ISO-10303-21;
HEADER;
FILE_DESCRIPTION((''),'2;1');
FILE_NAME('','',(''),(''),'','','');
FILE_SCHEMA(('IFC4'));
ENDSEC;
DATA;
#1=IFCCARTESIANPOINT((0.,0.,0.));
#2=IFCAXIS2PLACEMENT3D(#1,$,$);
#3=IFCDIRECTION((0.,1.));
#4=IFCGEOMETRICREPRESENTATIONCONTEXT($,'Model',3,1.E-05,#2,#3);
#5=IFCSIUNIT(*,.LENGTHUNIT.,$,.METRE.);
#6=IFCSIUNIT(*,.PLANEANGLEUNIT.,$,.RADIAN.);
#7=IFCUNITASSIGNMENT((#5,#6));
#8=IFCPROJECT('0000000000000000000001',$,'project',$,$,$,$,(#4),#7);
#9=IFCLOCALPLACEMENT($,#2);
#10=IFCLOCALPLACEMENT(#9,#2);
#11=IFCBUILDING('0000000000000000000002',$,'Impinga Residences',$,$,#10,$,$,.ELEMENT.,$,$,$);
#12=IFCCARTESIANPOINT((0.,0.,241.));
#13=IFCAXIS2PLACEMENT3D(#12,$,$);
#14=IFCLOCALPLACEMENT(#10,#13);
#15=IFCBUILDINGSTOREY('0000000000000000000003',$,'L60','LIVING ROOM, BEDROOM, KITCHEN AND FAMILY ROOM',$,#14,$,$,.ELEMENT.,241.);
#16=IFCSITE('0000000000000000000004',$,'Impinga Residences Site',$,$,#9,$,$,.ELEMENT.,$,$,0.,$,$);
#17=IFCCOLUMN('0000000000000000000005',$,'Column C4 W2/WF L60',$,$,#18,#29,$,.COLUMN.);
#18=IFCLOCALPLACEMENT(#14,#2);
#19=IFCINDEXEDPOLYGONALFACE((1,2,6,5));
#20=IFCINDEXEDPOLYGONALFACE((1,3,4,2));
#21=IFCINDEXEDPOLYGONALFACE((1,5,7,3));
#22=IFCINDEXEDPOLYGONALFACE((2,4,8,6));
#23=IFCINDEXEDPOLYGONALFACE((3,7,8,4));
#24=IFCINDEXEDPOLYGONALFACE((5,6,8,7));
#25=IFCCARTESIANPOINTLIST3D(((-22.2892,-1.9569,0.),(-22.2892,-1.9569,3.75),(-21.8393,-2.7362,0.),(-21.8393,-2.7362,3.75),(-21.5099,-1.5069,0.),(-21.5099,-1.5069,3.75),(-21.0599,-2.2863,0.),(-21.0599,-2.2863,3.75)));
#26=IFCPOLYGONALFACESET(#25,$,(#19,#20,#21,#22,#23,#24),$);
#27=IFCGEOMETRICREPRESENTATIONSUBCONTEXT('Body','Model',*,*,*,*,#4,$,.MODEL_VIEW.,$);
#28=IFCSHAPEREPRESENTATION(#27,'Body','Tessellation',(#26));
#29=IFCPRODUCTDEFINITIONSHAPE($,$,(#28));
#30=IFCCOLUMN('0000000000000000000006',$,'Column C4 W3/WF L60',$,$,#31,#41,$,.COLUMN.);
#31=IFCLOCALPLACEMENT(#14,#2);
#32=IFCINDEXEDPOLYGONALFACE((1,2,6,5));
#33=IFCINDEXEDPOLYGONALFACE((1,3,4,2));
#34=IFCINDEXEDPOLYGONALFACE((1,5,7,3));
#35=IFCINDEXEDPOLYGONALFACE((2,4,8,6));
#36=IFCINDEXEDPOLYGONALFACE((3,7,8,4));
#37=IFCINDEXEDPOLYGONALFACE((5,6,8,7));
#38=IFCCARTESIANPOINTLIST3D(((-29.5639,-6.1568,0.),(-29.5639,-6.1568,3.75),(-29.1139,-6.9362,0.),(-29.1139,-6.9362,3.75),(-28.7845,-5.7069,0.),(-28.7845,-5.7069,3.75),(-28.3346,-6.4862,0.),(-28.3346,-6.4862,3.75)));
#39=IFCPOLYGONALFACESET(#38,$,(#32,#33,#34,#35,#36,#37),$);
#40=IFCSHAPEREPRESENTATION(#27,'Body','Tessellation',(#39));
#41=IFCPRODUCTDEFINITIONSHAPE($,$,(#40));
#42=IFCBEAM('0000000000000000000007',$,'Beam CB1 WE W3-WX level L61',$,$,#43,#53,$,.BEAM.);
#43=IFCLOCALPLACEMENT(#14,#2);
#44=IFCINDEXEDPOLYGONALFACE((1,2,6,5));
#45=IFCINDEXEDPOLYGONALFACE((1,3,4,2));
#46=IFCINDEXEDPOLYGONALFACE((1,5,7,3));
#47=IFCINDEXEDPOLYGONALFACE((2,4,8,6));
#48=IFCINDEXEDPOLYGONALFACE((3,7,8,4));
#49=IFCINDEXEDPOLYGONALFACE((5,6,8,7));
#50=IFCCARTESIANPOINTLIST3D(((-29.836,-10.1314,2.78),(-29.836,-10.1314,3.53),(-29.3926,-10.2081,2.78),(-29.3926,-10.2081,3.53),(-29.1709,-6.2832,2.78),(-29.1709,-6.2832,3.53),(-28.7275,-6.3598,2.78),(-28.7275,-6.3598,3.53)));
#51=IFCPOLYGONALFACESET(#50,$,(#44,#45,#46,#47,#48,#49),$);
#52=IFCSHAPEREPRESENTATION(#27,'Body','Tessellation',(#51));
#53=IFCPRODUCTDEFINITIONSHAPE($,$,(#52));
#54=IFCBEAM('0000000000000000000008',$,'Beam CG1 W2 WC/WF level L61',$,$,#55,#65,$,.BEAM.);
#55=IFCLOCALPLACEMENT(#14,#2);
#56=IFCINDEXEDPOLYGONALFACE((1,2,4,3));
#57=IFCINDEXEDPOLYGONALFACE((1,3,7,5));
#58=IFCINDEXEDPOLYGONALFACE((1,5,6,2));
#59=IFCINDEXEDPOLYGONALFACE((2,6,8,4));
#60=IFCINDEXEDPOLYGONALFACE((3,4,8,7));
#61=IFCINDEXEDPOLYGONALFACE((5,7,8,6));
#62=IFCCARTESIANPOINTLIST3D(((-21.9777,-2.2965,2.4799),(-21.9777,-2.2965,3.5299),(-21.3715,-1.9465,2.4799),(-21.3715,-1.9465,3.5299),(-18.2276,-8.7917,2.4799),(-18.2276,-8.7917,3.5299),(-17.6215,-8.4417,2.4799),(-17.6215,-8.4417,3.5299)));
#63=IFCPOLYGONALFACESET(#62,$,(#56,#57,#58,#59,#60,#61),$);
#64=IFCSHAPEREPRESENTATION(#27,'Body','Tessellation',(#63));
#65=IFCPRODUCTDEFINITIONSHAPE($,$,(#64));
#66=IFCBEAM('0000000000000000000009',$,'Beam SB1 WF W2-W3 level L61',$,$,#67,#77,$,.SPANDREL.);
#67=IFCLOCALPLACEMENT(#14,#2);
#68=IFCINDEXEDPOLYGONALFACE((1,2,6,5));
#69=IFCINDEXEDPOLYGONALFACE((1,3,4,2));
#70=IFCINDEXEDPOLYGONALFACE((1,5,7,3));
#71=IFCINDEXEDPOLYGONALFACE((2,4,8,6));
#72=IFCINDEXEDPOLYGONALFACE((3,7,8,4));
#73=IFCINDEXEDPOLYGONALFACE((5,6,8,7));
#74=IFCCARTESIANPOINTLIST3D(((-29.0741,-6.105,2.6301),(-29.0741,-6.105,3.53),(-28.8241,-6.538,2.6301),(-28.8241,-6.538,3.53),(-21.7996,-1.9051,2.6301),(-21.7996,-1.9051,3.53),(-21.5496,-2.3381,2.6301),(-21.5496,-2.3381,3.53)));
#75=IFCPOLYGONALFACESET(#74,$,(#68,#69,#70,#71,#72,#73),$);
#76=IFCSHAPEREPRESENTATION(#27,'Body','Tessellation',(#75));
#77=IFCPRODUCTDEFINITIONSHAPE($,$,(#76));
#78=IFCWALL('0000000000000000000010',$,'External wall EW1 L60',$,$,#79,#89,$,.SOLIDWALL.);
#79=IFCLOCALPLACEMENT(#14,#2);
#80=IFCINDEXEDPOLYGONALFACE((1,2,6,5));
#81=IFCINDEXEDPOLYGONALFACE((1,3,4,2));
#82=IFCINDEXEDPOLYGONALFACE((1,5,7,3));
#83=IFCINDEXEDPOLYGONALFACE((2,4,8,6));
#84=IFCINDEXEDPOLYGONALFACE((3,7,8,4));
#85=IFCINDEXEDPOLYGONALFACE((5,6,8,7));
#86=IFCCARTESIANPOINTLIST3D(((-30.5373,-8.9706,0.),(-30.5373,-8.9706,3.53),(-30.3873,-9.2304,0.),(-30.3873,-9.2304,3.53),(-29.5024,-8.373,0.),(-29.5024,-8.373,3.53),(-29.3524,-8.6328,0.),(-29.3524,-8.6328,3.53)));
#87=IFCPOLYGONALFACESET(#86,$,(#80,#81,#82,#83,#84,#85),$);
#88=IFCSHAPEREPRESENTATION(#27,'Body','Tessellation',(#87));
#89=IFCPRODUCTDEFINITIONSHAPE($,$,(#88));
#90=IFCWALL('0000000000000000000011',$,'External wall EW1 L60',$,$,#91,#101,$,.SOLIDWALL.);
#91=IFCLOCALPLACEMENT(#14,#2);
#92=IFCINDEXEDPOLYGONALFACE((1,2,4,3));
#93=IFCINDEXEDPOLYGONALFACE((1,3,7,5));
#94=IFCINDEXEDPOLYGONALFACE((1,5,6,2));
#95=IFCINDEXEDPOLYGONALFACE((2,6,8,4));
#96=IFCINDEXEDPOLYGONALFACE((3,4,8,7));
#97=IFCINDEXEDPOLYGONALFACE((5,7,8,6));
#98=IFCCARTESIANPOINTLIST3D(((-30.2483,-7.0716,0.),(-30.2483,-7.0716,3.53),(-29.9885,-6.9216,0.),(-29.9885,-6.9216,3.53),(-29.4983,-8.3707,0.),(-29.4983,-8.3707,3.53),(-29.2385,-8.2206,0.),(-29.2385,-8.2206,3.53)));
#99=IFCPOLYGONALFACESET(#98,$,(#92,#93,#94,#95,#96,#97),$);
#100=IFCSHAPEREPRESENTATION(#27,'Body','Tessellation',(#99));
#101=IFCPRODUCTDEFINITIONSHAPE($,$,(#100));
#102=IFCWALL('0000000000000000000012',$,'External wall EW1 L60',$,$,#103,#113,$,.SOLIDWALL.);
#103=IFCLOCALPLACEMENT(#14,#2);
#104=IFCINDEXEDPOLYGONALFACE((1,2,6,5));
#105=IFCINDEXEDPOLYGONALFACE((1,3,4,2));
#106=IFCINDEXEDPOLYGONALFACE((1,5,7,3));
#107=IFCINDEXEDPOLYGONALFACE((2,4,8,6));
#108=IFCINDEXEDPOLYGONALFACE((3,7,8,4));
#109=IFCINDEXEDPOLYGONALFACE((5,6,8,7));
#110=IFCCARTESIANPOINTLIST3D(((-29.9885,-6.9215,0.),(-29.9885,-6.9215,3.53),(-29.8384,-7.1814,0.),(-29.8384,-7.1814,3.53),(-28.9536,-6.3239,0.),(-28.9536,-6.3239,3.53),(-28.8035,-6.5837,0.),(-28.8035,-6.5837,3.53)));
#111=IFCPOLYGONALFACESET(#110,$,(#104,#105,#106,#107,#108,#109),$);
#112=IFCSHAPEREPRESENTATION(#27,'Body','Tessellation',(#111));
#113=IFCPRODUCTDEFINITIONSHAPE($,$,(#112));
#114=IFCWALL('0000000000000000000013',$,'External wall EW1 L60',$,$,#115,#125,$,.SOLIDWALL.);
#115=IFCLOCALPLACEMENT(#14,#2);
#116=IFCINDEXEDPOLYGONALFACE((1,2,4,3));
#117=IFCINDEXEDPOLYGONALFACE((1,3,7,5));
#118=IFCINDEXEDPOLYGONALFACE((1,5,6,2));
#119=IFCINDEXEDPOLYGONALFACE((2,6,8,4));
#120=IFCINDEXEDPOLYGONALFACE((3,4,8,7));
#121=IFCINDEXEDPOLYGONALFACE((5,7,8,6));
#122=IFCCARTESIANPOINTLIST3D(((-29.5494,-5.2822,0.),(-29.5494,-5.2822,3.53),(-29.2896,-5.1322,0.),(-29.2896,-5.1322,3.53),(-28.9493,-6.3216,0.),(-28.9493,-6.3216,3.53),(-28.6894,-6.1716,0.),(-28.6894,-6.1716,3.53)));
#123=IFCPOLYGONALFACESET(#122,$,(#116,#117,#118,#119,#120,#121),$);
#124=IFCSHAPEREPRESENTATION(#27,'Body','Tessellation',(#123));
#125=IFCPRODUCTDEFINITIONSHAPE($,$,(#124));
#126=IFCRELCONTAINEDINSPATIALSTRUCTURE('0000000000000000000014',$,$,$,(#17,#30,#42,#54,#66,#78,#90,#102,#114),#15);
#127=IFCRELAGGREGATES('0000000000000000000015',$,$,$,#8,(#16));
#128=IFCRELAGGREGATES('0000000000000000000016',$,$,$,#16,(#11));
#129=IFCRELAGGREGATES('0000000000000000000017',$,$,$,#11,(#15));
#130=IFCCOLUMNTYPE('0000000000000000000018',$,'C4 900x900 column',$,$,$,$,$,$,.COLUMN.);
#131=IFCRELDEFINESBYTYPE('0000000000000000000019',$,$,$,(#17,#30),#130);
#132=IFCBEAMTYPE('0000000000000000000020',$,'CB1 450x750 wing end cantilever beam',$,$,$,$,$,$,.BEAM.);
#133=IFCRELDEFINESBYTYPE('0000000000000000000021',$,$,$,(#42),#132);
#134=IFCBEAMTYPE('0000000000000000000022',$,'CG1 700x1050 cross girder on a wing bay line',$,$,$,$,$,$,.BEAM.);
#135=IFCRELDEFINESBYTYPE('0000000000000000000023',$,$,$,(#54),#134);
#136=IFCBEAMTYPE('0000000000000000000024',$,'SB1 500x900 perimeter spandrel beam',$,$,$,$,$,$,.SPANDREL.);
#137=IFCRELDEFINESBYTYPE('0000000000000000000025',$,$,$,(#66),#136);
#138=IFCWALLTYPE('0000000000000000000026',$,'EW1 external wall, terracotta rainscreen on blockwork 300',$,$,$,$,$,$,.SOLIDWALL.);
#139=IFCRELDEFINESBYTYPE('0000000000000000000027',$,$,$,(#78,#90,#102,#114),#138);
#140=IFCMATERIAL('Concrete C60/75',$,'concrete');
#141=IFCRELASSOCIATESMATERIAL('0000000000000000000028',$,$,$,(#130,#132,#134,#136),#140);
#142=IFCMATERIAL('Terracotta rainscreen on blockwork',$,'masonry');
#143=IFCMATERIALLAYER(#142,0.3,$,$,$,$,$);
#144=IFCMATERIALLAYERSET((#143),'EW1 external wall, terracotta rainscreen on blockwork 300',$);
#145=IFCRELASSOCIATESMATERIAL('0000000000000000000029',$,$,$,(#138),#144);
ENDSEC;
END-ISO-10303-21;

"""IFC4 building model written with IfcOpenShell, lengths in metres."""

from ifc_helpers import new_model, si_unit, direction, frame, frame_2d, origin, origin_2d, place, context, subcontext, project, spatial, rectangle, extrude, material, layer, layer_set, material_profile, profile_set, type_object, element, save


model = new_model("IFC4")

# Units and contexts
model_context = context("Model", 3, precision=1e-05, world=origin(), true_north=direction((0.0, 1.0)))
body_context = subcontext(model_context, "Body", "Model", "MODEL_VIEW")
ifc_project = project(units=[si_unit("LENGTHUNIT", "METRE"), si_unit("PLANEANGLEUNIT", "RADIAN")], contexts=[model_context])

# Site, building, storey
site_placement = place(None, origin())
site = spatial("IfcSite", under=ifc_project, at=site_placement, Name="Impinga Residences Site", CompositionType="ELEMENT", RefElevation=0.0)
building_placement = place(site_placement, origin())
building = spatial("IfcBuilding", under=site, at=building_placement, Name="Impinga Residences", CompositionType="ELEMENT")
storey_placement = place(building_placement, frame((0.0, 0.0, 241.0)))
storey = spatial("IfcBuildingStorey", under=building, at=storey_placement, Name="L60", Description="LIVING ROOM, BEDROOM, KITCHEN AND FAMILY ROOM", CompositionType="ELEMENT", Elevation=241.0)

# Columns
ifc_material_1 = material(Name="Concrete C60/75", Category="concrete")
ifc_material_profile_1 = material_profile(ifc_material_1, rectangle(XDim=0.8999, YDim=0.8999, at=origin_2d()), Name="RC 900x900")
ifc_profile_set_1 = profile_set([ifc_material_profile_1], Name="Concrete C60/75")
column_type = type_object("IfcColumnType", Name="C4 900x900 column", PredefinedType="COLUMN", material=ifc_profile_set_1)
for number, where, z_axis, x_axis, name in (
    (1, (-21.6746, -2.1216, 0.0), (0.0, 0.0, 1.0), (-0.5, 0.866025, 0.0), "Column C4 W2/WF L60"),
    (2, (-28.9492, -6.3215, 0.0), (0.0, 0.0, 1.0), (-0.5, 0.866025, 0.0), "Column C4 W3/WF L60"),
):
    element("IfcColumn", number, at=place(storey_placement, frame(where, z_axis=z_axis, x_axis=x_axis)), inside=storey, type_object=column_type, Name=name, PredefinedType="COLUMN", context=body_context, shape_type="SweptSolid", body=[
        extrude(rectangle(XDim=0.8999, YDim=0.8999, at=origin_2d()), origin(), (0.0, 0.0, 1.0), 3.75),
    ])

# Beams
ifc_material_profile_2 = material_profile(ifc_material_1, rectangle(XDim=0.45, YDim=0.75, at=origin_2d()), Name="RC 450x750")
ifc_profile_set_2 = profile_set([ifc_material_profile_2], Name="Concrete C60/75")
beam_type_1 = type_object("IfcBeamType", Name="CB1 450x750 wing end cantilever beam", PredefinedType="BEAM", material=ifc_profile_set_2)
beam_1_placement = place(storey_placement, frame((-28.9492, -6.3215, 3.155), z_axis=(-0.170296, -0.985393, 0.0), x_axis=(0.985393, -0.170296, 0.0)))
element("IfcBeam", 3, at=beam_1_placement, inside=storey, type_object=beam_type_1, Name="Beam CB1 WE W3-WX level L61", PredefinedType="BEAM", context=body_context, shape_type="SweptSolid", body=[
    extrude(rectangle(XDim=0.45, YDim=0.75, at=origin_2d()), origin(), (0.0, 0.0, 1.0), 3.9053),
])
ifc_material_profile_3 = material_profile(ifc_material_1, rectangle(XDim=0.7, YDim=1.05, at=origin_2d()), Name="RC 700x1050")
ifc_profile_set_3 = profile_set([ifc_material_profile_3], Name="Concrete C60/75")
beam_type_2 = type_object("IfcBeamType", Name="CG1 700x1050 cross girder on a wing bay line", PredefinedType="BEAM", material=ifc_profile_set_3)
beam_2_placement = place(storey_placement, frame((-17.9246, -8.6167, 3.0049), z_axis=(-0.500004, 0.866023, 0.0), x_axis=(-0.866023, -0.500004, 0.0)))
element("IfcBeam", 4, at=beam_2_placement, inside=storey, type_object=beam_type_2, Name="Beam CG1 W2 WC/WF level L61", PredefinedType="BEAM", context=body_context, shape_type="SweptSolid", body=[
    extrude(rectangle(XDim=0.7, YDim=1.05, at=origin_2d()), origin(), (0.0, 0.0, 1.0), 7.5),
])
ifc_material_profile_4 = material_profile(ifc_material_1, rectangle(XDim=0.5, YDim=0.8999, at=origin_2d()), Name="RC 500x900")
ifc_profile_set_4 = profile_set([ifc_material_profile_4], Name="Concrete C60/75")
beam_type_3 = type_object("IfcBeamType", Name="SB1 500x900 perimeter spandrel beam", PredefinedType="SPANDREL", material=ifc_profile_set_4)
beam_3_placement = place(storey_placement, frame((-21.6746, -2.1216, 3.0801), z_axis=(-0.866029, -0.499993, 0.0), x_axis=(0.499993, -0.866029, 0.0)))
element("IfcBeam", 5, at=beam_3_placement, inside=storey, type_object=beam_type_3, Name="Beam SB1 WF W2-W3 level L61", PredefinedType="SPANDREL", context=body_context, shape_type="SweptSolid", body=[
    extrude(rectangle(XDim=0.5, YDim=0.8999, at=origin_2d()), origin(), (0.0, 0.0, 1.0), 8.3999),
])

# Walls
ifc_material_2 = material(Name="Terracotta rainscreen on blockwork", Category="masonry")
ifc_layer_1 = layer(ifc_material_2, 0.3)
ifc_layer_set_1 = layer_set([ifc_layer_1], Name="EW1 external wall, terracotta rainscreen on blockwork 300")
wall_type_1 = type_object("IfcWallType", Name="EW1 external wall, terracotta rainscreen on blockwork 300", PredefinedType="SOLIDWALL", material=ifc_layer_set_1)
wall_1_placement = place(storey_placement, frame((-30.4624, -9.1006, 0.0), z_axis=(0.0, 0.0, 1.0), x_axis=(0.865971, 0.500094, 0.0)))
element("IfcWall", 6, at=wall_1_placement, inside=storey, type_object=wall_type_1, Name="External wall EW1 L60", PredefinedType="SOLIDWALL", context=body_context, shape_type="SweptSolid", body=[
    extrude(rectangle(XDim=1.1951, YDim=0.3, at=frame_2d((0.5977, 0.0))), origin(), (0.0, 0.0, 1.0), 3.53),
])
wall_2_placement = place(storey_placement, frame((-29.3684, -8.2957, 0.0), z_axis=(0.0, 0.0, 1.0), x_axis=(-0.49999, 0.866031, 0.0)))
element("IfcWall", 7, at=wall_2_placement, inside=storey, type_object=wall_type_1, Name="External wall EW1 L60", PredefinedType="SOLIDWALL", context=body_context, shape_type="SweptSolid", body=[
    extrude(rectangle(XDim=1.5, YDim=0.3, at=frame_2d((0.75, 0.0))), origin(), (0.0, 0.0, 1.0), 3.53),
])
wall_3_placement = place(storey_placement, frame((-29.9136, -7.0515, 0.0), z_axis=(0.0, 0.0, 1.0), x_axis=(0.865971, 0.500094, 0.0)))
element("IfcWall", 8, at=wall_3_placement, inside=storey, type_object=wall_type_1, Name="External wall EW1 L60", PredefinedType="SOLIDWALL", context=body_context, shape_type="SweptSolid", body=[
    extrude(rectangle(XDim=1.1951, YDim=0.3, at=frame_2d((0.5977, 0.0))), origin(), (0.0, 0.0, 1.0), 3.53),
])
wall_4_placement = place(storey_placement, frame((-28.8193, -6.2466, 0.0), z_axis=(0.0, 0.0, 1.0), x_axis=(-0.500034, 0.866006, 0.0)))
element("IfcWall", 9, at=wall_4_placement, inside=storey, type_object=wall_type_1, Name="External wall EW1 L60", PredefinedType="SOLIDWALL", context=body_context, shape_type="SweptSolid", body=[
    extrude(rectangle(XDim=1.2002, YDim=0.3, at=frame_2d((0.6001, 0.0))), origin(), (0.0, 0.0, 1.0), 3.53),
])

save(model, "model.ifc")
